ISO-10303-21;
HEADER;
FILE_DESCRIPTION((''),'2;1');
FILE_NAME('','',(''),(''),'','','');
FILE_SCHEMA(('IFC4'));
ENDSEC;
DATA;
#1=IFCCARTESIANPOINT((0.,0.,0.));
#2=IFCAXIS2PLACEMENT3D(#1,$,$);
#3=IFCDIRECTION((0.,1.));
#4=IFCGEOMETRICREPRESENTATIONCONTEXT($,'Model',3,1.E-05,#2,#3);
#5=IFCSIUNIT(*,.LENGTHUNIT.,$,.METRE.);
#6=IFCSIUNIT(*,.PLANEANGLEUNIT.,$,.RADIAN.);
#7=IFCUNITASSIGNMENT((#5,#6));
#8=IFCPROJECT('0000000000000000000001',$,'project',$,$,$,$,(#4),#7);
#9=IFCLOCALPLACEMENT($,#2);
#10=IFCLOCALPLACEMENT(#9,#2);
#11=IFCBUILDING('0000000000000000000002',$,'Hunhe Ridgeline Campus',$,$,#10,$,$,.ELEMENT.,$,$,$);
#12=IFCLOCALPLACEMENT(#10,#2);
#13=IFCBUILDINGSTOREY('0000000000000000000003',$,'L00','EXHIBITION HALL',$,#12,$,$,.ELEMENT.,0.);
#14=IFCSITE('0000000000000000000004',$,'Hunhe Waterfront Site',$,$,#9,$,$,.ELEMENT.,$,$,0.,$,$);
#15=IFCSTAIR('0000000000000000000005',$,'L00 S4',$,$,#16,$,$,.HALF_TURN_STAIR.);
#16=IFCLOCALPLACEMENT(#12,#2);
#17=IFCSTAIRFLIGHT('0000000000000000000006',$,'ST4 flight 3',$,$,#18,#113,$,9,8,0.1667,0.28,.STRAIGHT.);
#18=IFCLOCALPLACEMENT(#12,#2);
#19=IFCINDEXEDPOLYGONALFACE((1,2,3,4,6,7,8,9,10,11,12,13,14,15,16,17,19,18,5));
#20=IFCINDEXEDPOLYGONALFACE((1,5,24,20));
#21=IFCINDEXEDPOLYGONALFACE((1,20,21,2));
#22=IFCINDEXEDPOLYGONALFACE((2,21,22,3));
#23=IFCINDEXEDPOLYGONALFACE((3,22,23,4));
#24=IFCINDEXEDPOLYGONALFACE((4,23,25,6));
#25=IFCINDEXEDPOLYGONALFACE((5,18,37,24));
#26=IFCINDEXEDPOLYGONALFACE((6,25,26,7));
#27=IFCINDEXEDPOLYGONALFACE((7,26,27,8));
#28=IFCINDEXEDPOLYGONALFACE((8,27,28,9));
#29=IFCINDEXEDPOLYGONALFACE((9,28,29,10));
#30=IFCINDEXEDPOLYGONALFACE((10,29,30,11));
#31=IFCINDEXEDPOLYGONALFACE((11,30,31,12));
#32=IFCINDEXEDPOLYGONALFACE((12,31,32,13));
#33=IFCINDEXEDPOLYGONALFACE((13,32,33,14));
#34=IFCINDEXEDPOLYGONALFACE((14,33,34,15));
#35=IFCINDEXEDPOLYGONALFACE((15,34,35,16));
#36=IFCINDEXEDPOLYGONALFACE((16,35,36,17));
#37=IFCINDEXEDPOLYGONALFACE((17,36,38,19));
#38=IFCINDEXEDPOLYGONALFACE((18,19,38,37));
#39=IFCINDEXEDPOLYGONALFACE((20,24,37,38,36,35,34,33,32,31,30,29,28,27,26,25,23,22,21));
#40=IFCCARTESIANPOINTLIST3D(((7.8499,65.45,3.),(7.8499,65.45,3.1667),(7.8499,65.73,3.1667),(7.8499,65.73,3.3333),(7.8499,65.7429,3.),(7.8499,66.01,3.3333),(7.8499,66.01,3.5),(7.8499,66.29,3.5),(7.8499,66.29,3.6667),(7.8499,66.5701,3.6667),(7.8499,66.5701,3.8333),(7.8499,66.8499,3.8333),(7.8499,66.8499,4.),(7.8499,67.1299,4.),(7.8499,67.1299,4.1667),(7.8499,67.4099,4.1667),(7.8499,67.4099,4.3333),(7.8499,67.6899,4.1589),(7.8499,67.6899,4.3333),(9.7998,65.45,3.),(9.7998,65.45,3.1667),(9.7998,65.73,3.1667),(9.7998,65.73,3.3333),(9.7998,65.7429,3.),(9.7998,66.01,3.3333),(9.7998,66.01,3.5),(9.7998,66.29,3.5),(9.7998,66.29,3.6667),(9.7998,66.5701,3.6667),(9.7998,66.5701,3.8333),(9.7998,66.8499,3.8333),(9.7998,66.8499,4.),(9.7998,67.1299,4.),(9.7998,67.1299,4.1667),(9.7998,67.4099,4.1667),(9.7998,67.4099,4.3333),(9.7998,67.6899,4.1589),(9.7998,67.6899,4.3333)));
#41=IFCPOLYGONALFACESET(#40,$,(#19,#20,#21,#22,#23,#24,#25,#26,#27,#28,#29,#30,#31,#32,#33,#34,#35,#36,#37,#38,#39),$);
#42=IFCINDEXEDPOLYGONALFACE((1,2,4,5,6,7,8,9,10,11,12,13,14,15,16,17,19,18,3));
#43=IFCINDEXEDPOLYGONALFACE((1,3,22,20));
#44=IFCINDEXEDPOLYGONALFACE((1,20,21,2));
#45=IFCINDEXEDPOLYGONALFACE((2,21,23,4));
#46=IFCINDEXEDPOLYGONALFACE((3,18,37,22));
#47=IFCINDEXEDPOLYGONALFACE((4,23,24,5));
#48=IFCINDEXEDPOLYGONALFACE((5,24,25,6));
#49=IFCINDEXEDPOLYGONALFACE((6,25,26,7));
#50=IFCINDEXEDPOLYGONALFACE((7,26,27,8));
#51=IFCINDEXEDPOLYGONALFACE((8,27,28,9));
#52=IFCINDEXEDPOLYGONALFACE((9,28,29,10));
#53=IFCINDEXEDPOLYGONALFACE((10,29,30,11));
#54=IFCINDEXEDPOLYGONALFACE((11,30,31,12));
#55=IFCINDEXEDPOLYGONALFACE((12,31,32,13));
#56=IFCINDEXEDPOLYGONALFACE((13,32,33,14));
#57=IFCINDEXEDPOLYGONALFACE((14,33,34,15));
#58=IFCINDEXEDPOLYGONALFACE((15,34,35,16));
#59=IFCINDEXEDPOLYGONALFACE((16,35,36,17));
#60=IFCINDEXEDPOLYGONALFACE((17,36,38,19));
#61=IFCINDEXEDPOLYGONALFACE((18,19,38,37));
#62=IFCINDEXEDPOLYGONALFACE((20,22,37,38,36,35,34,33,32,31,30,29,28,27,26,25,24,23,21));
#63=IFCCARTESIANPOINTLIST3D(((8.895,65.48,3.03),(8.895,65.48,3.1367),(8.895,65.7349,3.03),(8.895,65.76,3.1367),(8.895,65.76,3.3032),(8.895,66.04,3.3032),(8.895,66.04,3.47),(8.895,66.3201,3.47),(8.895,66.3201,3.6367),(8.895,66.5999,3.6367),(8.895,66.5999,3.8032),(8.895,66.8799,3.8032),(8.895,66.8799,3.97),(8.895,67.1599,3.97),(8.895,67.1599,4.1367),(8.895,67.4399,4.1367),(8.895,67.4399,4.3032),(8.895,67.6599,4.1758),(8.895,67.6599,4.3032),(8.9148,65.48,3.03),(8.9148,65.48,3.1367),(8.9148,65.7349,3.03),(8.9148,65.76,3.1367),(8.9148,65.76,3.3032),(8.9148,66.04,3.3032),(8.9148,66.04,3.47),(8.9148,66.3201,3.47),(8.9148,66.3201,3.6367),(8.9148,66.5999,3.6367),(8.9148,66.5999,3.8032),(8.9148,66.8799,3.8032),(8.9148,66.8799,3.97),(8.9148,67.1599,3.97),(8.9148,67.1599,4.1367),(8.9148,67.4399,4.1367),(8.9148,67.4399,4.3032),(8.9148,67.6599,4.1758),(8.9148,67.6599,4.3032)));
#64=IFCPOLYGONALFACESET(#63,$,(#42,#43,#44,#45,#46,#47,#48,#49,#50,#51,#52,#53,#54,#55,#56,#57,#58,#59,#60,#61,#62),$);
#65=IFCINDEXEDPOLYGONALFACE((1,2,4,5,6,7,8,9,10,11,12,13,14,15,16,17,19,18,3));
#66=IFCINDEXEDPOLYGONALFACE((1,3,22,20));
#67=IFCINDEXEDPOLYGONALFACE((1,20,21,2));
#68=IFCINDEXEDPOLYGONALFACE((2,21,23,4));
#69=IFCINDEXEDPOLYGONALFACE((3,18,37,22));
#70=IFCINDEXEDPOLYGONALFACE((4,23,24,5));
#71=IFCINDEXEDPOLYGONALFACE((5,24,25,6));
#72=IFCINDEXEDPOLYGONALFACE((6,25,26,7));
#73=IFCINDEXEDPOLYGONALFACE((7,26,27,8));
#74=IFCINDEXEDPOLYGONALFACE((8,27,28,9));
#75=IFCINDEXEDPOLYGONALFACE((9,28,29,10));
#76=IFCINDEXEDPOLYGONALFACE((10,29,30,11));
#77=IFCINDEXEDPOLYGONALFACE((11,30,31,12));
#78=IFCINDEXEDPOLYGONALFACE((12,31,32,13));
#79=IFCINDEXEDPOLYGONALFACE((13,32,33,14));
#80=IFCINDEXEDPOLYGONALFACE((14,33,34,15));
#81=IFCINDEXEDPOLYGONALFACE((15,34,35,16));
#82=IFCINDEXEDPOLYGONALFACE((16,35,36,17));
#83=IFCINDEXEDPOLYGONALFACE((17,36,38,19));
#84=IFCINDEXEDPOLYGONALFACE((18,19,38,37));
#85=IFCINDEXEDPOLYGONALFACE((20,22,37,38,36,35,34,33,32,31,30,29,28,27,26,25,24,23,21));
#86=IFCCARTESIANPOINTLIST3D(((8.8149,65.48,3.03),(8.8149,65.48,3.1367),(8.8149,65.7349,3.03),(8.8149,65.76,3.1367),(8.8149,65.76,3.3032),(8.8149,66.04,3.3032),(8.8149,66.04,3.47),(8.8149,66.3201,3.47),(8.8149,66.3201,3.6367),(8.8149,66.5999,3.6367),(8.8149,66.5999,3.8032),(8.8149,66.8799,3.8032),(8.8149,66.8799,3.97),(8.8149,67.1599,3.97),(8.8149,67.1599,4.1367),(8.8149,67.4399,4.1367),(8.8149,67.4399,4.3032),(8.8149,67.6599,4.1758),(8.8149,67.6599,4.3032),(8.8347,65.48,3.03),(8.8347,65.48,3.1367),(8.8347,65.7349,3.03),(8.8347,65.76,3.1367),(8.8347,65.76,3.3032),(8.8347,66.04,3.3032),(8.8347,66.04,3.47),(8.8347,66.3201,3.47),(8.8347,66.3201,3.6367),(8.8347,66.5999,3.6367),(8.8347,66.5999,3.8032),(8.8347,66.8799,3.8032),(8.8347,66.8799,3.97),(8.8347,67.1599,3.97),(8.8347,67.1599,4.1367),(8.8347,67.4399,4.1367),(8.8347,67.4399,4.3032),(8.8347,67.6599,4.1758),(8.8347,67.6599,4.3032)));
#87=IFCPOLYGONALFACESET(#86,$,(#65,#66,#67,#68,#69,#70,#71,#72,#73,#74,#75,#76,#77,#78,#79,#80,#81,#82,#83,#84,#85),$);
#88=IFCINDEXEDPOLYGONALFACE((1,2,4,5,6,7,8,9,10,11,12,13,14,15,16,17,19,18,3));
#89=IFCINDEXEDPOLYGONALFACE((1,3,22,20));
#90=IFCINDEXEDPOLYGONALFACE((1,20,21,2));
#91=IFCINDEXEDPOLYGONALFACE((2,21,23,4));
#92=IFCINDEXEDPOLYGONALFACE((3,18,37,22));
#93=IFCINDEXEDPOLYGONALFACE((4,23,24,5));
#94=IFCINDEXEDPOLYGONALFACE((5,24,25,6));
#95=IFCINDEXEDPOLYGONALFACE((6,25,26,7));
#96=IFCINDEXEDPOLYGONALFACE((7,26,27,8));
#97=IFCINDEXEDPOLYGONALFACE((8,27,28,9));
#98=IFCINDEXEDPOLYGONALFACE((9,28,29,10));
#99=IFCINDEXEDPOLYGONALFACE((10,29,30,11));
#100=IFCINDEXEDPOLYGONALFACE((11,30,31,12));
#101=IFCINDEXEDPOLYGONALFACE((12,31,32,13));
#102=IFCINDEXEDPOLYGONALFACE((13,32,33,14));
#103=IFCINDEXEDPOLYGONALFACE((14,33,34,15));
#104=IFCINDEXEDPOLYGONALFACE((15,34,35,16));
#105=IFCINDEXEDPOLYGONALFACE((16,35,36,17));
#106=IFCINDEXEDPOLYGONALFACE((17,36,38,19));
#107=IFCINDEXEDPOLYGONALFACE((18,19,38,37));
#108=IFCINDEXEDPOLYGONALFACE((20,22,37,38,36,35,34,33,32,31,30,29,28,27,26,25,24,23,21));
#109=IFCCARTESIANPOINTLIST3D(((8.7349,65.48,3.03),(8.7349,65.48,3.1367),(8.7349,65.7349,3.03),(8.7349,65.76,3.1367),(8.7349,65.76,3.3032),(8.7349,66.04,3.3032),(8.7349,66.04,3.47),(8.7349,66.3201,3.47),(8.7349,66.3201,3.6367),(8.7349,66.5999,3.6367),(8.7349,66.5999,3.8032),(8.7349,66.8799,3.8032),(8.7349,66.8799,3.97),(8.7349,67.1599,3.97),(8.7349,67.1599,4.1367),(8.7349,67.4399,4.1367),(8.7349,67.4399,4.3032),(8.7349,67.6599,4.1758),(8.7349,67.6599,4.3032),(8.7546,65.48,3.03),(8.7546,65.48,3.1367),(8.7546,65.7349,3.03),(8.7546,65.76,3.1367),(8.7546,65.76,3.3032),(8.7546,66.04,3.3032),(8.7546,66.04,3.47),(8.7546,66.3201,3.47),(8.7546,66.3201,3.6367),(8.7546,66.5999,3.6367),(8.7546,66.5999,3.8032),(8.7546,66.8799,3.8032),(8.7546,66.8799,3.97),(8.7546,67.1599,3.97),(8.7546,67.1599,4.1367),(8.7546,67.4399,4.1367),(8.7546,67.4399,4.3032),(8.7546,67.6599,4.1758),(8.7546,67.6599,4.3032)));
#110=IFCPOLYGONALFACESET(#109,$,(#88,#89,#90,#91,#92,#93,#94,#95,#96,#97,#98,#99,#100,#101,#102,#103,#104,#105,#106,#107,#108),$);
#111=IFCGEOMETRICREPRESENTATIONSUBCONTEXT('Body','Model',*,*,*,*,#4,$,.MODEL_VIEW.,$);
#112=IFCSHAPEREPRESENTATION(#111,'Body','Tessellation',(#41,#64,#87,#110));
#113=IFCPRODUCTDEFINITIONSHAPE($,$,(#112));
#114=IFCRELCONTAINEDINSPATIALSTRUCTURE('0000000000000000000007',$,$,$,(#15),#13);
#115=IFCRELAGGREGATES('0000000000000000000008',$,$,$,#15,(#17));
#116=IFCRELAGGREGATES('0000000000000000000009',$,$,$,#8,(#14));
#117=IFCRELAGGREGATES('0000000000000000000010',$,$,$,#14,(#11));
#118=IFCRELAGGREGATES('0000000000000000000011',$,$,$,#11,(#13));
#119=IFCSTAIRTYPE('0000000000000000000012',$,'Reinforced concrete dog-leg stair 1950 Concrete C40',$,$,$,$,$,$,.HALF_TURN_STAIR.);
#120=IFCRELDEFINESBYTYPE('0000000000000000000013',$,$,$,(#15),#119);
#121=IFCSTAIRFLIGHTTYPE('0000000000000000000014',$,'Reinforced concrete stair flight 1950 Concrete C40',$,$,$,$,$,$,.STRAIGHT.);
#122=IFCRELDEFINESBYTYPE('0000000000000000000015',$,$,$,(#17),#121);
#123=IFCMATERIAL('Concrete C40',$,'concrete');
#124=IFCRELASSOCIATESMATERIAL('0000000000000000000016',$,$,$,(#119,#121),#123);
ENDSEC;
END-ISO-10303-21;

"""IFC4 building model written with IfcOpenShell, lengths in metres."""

from ifc_helpers import new_model, si_unit, direction, frame, origin, place, context, subcontext, project, spatial, polyline, outline, extrude, material, type_object, element, aggregate, save


model = new_model("IFC4")

# Units and contexts
model_context = context("Model", 3, precision=1e-05, world=origin(), true_north=direction((0.0, 1.0)))
body_context = subcontext(model_context, "Body", "Model", "MODEL_VIEW")
ifc_project = project(units=[si_unit("LENGTHUNIT", "METRE"), si_unit("PLANEANGLEUNIT", "RADIAN")], contexts=[model_context])

# Site, building, storey
site_placement = place(None, origin())
site = spatial("IfcSite", under=ifc_project, at=site_placement, Name="Hunhe Waterfront Site", CompositionType="ELEMENT", RefElevation=0.0)
building_placement = place(site_placement, origin())
building = spatial("IfcBuilding", under=site, at=building_placement, Name="Hunhe Ridgeline Campus", CompositionType="ELEMENT")
storey_placement = place(building_placement, origin())
storey = spatial("IfcBuildingStorey", under=building, at=storey_placement, Name="L00", Description="EXHIBITION HALL", CompositionType="ELEMENT", Elevation=0.0)

# Stair, stair flight
ifc_material_1 = material(Name="Concrete C40", Category="concrete")
stair_type = type_object("IfcStairType", Name="Reinforced concrete dog-leg stair 1950 Concrete C40", PredefinedType="HALF_TURN_STAIR", material=ifc_material_1)
stair_flight_type = type_object("IfcStairFlightType", Name="Reinforced concrete stair flight 1950 Concrete C40", PredefinedType="STRAIGHT", material=ifc_material_1)
stair_1_placement = place(storey_placement, origin())
stair_1 = element("IfcStair", 1, at=stair_1_placement, inside=storey, type_object=stair_type, Name="L00 S4", PredefinedType="HALF_TURN_STAIR")
stair_flight_1_placement = place(storey_placement, frame((8.825, 65.45, 3.0), z_axis=(0.0, 0.0, 1.0), x_axis=(0.0, 1.0, 0.0)))
stair_flight_1 = element("IfcStairFlight", 2, at=stair_flight_1_placement, type_object=stair_flight_type, Name="ST4 flight 3", NumberOfRisers=9, NumberOfTreads=8, PredefinedType="STRAIGHT", RiserHeight=0.1667, TreadLength=0.28, context=body_context, shape_type="SweptSolid", body=[
    extrude(outline(polyline([(0.0, 0.0), (0.0, 0.1667), (0.28, 0.1667), (0.28, 0.3333), (0.5601, 0.3333), (0.5601, 0.5), (0.8401, 0.5), (0.8401, 0.6667), (1.1201, 0.6667), (1.1201, 0.8333), (1.3999, 0.8333), (1.3999, 1.0), (1.6799, 1.0), (1.6799, 1.1667), (1.96, 1.1667), (1.96, 1.3333), (2.24, 1.3333), (2.24, 1.5), (2.24, 1.1589), (0.293, 0.0), (0.0, 0.0)])), frame((0.0, 0.9751, 0.0), z_axis=(0.0, -1.0, 0.0), x_axis=(1.0, 0.0, 0.0)), (0.0, 0.0, 1.0), 1.95),
    extrude(outline(polyline([(0.03, 0.03), (0.03, 0.1367), (0.3101, 0.1367), (0.3101, 0.3032), (0.5901, 0.3032), (0.5901, 0.47), (0.8701, 0.47), (0.8701, 0.6367), (1.1499, 0.6367), (1.1499, 0.8032), (1.4299, 0.8032), (1.4299, 0.97), (1.71, 0.97), (1.71, 1.1367), (1.99, 1.1367), (1.99, 1.3032), (2.21, 1.3032), (2.21, 1.1758), (0.2849, 0.03), (0.03, 0.03)])), frame((0.0, -0.0701, 0.0), z_axis=(0.0, -1.0, 0.0), x_axis=(1.0, 0.0, 0.0)), (0.0, 0.0, 1.0), 0.0198),
    extrude(outline(polyline([(0.03, 0.03), (0.03, 0.1367), (0.3101, 0.1367), (0.3101, 0.3032), (0.5901, 0.3032), (0.5901, 0.47), (0.8701, 0.47), (0.8701, 0.6367), (1.1499, 0.6367), (1.1499, 0.8032), (1.4299, 0.8032), (1.4299, 0.97), (1.71, 0.97), (1.71, 1.1367), (1.99, 1.1367), (1.99, 1.3032), (2.21, 1.3032), (2.21, 1.1758), (0.2849, 0.03), (0.03, 0.03)])), frame((0.0, 0.01, 0.0), z_axis=(0.0, -1.0, 0.0), x_axis=(1.0, 0.0, 0.0)), (0.0, 0.0, 1.0), 0.0198),
    extrude(outline(polyline([(0.03, 0.03), (0.03, 0.1367), (0.3101, 0.1367), (0.3101, 0.3032), (0.5901, 0.3032), (0.5901, 0.47), (0.8701, 0.47), (0.8701, 0.6367), (1.1499, 0.6367), (1.1499, 0.8032), (1.4299, 0.8032), (1.4299, 0.97), (1.71, 0.97), (1.71, 1.1367), (1.99, 1.1367), (1.99, 1.3032), (2.21, 1.3032), (2.21, 1.1758), (0.2849, 0.03), (0.03, 0.03)])), frame((0.0, 0.0901, 0.0), z_axis=(0.0, -1.0, 0.0), x_axis=(1.0, 0.0, 0.0)), (0.0, 0.0, 1.0), 0.0198),
])
aggregate(stair_1, [stair_flight_1])

save(model, "model.ifc")
